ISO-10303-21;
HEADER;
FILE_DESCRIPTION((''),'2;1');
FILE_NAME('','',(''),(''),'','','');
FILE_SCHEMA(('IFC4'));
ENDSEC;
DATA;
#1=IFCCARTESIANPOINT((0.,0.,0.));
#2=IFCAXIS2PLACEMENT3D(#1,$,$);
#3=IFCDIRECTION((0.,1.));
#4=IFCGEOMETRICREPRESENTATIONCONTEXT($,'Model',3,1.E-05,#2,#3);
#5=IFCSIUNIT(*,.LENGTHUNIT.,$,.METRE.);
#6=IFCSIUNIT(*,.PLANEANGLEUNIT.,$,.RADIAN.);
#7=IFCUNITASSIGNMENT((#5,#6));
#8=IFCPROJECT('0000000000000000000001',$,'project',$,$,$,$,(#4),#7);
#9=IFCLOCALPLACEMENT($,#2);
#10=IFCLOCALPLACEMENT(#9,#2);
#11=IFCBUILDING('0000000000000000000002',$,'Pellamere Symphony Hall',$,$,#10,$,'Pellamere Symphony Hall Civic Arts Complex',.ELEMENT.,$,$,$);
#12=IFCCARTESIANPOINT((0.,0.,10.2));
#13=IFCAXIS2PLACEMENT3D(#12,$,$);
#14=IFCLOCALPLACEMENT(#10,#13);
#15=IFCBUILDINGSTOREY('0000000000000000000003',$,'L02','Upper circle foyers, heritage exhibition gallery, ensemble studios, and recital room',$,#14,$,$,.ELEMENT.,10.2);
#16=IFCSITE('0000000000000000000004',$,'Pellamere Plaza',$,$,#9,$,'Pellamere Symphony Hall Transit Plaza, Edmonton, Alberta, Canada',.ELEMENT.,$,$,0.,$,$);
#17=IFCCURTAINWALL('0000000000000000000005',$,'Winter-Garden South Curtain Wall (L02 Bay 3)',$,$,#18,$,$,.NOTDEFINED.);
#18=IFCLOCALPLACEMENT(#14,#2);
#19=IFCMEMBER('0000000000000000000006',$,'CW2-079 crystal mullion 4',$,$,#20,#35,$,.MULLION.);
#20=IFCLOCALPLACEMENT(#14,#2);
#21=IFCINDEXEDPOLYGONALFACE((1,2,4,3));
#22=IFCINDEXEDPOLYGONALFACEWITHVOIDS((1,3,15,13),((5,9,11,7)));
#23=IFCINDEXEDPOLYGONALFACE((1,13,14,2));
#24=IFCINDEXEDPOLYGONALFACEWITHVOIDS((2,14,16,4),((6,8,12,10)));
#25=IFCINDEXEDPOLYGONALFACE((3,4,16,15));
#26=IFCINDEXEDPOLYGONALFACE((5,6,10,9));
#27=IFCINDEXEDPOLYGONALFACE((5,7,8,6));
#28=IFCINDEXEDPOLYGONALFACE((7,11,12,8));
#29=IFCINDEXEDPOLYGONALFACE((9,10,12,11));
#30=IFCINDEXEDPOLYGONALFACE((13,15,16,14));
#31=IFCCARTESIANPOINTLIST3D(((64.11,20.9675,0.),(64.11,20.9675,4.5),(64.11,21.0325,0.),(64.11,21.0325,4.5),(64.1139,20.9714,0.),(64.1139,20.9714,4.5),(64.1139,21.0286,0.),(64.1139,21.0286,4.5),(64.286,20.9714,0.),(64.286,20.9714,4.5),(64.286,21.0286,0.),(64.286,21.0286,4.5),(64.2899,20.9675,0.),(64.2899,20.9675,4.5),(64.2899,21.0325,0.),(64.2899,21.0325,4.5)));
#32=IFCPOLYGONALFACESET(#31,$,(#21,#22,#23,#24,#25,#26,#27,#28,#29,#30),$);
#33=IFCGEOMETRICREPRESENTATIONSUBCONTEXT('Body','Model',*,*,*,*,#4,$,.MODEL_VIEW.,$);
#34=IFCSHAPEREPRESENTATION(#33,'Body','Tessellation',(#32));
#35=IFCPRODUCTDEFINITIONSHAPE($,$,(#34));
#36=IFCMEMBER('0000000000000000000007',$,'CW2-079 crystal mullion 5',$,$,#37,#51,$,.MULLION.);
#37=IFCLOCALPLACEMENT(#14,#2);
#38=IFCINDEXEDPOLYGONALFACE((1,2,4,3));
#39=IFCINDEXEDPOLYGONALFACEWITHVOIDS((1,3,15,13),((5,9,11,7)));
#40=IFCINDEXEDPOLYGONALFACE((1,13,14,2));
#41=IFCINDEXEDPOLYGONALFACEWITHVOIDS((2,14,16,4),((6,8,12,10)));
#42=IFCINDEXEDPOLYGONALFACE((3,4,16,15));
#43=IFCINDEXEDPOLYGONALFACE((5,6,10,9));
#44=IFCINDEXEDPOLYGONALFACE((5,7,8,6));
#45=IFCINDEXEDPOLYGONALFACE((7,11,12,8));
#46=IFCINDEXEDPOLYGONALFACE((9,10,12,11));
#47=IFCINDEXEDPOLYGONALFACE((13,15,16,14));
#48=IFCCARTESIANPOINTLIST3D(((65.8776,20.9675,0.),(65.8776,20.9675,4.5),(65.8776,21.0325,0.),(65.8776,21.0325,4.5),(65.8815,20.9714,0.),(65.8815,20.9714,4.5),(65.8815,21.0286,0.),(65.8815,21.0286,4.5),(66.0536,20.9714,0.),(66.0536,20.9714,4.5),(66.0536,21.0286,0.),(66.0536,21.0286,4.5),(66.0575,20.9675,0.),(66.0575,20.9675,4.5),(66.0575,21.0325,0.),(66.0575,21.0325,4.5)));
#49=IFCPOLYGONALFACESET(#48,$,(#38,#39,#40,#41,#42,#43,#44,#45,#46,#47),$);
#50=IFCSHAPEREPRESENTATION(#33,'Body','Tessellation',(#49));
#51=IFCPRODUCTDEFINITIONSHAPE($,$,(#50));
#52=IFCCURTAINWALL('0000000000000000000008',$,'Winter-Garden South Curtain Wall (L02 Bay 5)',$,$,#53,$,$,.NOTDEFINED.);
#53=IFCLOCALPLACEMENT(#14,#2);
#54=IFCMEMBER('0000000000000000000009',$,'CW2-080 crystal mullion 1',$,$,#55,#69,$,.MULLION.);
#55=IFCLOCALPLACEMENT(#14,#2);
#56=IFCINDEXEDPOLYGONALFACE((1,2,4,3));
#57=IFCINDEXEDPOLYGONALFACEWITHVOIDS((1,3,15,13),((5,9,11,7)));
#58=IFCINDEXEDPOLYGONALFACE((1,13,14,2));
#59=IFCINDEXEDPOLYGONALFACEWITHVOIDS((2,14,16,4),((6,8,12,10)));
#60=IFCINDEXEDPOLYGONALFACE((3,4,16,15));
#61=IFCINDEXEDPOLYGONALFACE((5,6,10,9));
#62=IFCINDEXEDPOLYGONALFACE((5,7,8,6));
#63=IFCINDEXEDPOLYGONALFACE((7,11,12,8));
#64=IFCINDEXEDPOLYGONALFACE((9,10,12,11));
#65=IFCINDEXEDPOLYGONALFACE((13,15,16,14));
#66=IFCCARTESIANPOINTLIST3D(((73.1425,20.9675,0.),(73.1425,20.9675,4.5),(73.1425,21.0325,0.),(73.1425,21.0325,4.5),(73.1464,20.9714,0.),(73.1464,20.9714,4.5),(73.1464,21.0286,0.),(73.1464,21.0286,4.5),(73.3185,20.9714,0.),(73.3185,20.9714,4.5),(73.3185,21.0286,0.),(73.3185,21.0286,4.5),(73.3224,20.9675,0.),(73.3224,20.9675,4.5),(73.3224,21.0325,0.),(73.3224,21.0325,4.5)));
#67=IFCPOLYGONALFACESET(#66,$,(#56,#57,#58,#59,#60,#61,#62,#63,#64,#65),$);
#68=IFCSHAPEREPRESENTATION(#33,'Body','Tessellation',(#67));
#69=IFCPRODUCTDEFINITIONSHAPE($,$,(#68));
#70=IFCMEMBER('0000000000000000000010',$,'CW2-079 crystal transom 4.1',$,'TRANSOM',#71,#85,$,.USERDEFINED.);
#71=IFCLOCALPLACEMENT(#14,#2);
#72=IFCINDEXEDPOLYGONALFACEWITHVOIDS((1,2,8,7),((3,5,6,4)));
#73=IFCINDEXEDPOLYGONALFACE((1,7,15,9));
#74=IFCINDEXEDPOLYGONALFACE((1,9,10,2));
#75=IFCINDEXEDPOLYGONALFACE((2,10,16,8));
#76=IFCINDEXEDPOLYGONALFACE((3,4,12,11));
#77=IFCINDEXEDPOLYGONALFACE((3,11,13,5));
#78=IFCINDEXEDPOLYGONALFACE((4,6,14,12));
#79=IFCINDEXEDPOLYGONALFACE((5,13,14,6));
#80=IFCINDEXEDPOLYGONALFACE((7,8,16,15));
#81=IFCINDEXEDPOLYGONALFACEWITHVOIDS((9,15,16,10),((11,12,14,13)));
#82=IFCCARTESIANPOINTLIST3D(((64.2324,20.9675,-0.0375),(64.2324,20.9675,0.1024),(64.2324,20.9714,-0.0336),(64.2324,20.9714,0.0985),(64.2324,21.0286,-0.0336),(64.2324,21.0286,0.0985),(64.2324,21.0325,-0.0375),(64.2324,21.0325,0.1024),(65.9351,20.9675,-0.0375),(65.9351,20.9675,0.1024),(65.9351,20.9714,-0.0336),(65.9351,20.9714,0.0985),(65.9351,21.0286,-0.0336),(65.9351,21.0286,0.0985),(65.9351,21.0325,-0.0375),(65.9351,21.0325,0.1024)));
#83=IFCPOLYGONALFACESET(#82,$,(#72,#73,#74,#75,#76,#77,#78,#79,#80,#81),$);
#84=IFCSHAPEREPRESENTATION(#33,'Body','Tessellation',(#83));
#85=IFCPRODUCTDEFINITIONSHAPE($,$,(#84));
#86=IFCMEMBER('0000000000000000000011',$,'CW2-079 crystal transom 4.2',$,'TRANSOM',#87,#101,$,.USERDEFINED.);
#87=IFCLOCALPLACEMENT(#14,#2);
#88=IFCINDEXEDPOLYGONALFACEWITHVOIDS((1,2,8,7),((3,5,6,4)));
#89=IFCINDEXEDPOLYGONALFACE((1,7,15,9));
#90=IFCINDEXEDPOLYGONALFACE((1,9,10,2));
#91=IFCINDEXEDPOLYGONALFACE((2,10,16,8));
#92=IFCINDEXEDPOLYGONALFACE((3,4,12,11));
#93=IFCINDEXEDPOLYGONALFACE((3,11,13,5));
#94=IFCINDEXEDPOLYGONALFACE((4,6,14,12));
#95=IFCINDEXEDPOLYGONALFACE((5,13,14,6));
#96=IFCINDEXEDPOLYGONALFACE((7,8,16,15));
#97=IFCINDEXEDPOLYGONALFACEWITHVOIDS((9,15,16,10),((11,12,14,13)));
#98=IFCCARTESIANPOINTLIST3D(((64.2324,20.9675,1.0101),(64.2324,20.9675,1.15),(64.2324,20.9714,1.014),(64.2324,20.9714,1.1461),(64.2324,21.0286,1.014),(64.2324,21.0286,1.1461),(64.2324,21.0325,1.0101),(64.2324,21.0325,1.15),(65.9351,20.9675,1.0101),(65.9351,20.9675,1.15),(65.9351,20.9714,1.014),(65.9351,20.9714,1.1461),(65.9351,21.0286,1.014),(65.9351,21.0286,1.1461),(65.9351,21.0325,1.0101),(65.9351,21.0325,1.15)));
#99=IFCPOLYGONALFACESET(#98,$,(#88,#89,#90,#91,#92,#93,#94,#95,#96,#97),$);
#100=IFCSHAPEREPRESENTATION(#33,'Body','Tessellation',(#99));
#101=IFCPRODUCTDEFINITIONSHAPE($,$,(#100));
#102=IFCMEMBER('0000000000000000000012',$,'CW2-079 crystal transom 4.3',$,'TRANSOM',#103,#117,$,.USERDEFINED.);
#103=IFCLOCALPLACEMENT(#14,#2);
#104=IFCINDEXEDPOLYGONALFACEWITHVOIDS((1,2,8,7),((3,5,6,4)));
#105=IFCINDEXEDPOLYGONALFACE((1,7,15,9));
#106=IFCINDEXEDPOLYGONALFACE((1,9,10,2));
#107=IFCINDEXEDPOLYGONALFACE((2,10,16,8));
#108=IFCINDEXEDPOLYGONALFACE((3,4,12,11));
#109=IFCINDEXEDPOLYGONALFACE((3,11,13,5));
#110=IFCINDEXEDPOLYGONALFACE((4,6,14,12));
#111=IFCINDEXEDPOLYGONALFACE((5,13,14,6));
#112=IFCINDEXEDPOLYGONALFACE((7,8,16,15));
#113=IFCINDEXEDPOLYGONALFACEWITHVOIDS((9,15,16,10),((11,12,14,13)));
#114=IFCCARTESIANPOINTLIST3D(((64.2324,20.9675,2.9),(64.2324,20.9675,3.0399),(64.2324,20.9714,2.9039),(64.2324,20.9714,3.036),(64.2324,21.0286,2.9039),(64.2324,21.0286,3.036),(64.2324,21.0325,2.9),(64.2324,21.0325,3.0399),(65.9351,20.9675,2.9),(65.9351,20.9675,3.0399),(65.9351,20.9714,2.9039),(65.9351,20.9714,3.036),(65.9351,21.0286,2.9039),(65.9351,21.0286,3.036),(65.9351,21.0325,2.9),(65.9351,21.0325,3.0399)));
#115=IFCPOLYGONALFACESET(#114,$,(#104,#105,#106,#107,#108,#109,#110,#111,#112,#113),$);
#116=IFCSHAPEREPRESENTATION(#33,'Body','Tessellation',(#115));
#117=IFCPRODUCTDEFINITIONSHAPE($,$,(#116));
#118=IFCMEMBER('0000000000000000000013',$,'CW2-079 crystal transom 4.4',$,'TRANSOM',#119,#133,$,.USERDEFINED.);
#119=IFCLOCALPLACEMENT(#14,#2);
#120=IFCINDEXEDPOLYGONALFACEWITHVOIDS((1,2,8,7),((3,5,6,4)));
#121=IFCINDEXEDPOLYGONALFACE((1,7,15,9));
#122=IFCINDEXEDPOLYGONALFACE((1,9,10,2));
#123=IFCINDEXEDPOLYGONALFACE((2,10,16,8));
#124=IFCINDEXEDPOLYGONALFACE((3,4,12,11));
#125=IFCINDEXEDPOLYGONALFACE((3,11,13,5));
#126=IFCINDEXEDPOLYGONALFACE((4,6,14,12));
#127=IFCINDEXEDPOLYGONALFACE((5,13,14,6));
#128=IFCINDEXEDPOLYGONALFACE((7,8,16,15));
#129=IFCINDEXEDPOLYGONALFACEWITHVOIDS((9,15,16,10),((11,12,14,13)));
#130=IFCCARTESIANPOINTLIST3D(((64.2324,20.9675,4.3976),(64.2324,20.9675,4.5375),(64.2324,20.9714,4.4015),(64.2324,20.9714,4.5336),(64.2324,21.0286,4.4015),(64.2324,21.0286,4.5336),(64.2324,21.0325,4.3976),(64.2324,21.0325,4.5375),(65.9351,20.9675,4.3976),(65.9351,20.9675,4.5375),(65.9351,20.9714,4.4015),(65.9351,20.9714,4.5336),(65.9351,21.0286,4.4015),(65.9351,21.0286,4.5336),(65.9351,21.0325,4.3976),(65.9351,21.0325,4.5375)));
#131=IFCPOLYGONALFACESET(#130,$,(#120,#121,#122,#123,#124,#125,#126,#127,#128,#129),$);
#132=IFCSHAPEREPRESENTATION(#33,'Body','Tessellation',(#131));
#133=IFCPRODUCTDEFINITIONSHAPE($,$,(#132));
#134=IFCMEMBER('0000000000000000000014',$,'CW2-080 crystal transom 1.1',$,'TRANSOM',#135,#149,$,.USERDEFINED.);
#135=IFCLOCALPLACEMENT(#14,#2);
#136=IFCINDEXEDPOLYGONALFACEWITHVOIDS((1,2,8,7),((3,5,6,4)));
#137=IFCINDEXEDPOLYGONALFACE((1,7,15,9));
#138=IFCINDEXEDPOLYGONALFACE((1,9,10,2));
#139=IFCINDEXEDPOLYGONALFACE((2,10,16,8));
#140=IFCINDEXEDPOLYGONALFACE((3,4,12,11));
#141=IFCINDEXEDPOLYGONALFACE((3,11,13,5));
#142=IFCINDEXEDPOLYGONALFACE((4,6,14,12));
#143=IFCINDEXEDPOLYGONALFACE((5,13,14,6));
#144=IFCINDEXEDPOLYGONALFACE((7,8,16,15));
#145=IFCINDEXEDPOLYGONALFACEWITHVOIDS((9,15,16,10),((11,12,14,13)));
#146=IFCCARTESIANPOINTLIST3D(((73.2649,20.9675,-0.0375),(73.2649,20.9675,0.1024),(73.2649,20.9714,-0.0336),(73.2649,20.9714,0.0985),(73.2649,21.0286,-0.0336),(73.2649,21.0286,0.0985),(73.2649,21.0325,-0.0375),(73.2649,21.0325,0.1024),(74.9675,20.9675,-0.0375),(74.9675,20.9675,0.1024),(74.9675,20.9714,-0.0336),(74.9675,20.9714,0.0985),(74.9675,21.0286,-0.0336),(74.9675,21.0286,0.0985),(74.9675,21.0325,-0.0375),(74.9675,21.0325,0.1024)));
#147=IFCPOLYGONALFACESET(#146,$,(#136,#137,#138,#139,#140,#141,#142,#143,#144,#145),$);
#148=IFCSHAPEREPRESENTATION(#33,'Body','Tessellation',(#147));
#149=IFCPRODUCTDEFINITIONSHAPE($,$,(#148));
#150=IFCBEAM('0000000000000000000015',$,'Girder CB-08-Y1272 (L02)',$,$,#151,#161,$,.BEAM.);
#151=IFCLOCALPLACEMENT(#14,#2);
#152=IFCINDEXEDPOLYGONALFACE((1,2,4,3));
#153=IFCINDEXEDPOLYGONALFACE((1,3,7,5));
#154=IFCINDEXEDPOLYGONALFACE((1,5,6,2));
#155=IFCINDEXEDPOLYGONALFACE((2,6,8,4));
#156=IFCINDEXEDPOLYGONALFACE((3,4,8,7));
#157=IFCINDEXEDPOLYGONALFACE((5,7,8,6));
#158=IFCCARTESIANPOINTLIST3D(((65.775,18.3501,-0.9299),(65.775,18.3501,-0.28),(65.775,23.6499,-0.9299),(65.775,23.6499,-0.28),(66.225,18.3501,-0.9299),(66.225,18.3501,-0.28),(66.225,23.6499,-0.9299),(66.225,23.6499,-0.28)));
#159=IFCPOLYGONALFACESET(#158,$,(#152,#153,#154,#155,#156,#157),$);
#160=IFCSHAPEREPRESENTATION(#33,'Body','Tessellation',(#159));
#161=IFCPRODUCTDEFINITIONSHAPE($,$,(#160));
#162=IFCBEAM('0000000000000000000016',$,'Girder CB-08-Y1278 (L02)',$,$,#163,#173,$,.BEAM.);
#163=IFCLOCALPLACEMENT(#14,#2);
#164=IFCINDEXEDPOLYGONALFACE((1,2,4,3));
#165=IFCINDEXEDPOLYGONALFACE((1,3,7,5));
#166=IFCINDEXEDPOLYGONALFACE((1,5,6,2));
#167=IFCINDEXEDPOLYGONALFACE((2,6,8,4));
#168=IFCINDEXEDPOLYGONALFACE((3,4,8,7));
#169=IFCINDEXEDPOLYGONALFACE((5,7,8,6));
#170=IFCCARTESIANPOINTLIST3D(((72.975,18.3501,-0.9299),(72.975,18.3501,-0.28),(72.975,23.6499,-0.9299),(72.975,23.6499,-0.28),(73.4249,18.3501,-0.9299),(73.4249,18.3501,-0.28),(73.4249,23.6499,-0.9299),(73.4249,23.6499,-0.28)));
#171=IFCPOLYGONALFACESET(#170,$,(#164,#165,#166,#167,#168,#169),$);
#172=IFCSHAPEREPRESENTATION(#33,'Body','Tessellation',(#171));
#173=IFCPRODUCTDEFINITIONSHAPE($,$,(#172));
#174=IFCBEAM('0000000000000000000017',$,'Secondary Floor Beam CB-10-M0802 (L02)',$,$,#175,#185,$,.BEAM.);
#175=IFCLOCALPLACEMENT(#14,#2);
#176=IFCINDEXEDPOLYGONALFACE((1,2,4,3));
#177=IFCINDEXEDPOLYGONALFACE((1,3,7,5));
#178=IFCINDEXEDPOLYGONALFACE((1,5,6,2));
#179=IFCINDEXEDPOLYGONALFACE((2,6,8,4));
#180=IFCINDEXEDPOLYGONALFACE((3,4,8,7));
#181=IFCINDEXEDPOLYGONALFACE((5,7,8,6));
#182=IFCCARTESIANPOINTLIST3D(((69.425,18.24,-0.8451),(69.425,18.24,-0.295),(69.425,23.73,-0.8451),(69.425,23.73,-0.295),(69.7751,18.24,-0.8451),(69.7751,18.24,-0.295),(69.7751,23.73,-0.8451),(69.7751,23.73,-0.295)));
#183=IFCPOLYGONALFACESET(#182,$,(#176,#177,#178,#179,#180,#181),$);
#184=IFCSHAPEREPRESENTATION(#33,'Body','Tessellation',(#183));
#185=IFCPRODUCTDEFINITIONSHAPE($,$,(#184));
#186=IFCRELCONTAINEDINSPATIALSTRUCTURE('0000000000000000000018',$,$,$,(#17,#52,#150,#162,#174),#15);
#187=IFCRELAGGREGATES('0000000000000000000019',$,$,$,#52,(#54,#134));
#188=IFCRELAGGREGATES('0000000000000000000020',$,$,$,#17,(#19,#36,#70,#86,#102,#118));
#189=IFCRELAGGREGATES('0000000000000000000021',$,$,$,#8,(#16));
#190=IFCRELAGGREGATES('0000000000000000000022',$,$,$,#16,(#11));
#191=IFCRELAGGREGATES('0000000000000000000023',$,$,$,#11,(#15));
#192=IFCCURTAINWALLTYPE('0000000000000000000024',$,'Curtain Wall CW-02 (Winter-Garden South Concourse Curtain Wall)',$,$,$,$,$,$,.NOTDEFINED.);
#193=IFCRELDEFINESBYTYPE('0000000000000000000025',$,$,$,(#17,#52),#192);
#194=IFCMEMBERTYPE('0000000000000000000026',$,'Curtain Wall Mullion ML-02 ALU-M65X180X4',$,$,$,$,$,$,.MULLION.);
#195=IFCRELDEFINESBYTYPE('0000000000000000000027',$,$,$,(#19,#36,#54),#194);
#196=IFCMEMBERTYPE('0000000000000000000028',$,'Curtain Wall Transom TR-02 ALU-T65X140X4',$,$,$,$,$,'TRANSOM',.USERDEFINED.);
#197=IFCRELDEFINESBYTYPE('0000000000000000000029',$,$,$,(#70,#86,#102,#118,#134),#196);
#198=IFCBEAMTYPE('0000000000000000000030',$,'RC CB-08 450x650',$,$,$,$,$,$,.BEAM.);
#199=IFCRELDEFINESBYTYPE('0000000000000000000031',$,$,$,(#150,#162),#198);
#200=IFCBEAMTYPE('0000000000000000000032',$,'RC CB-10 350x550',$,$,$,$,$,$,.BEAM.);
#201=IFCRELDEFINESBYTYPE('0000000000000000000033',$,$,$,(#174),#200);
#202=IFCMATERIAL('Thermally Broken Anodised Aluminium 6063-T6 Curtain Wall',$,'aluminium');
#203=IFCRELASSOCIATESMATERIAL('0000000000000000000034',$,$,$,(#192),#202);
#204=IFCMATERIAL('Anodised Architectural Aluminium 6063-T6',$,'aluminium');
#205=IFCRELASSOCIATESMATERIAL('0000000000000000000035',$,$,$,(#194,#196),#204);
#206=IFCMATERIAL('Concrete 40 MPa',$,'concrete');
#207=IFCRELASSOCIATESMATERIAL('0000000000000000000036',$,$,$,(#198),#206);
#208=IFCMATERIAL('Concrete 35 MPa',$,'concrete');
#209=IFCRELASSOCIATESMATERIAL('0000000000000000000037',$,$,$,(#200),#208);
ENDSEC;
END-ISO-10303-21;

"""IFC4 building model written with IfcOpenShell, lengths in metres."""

from ifc_helpers import new_model, si_unit, direction, frame, origin, origin_2d, place, context, subcontext, project, spatial, rectangle, hollow_rectangle, extrude, material, material_profile, profile_set, type_object, element, aggregate, save


model = new_model("IFC4")

# Units and contexts
model_context = context("Model", 3, precision=1e-05, world=origin(), true_north=direction((0.0, 1.0)))
body_context = subcontext(model_context, "Body", "Model", "MODEL_VIEW")
ifc_project = project(units=[si_unit("LENGTHUNIT", "METRE"), si_unit("PLANEANGLEUNIT", "RADIAN")], contexts=[model_context])

# Site, building, storey
site_placement = place(None, origin())
site = spatial("IfcSite", under=ifc_project, at=site_placement, Name="Pellamere Plaza", LongName="Pellamere Symphony Hall Transit Plaza, Edmonton, Alberta, Canada", CompositionType="ELEMENT", RefElevation=0.0)
building_placement = place(site_placement, origin())
building = spatial("IfcBuilding", under=site, at=building_placement, Name="Pellamere Symphony Hall", LongName="Pellamere Symphony Hall Civic Arts Complex", CompositionType="ELEMENT")
storey_placement = place(building_placement, frame((0.0, 0.0, 10.2)))
storey = spatial("IfcBuildingStorey", under=building, at=storey_placement, Name="L02", Description="Upper circle foyers, heritage exhibition gallery, ensemble studios, and recital room", CompositionType="ELEMENT", Elevation=10.2)

# Curtain wall, members
ifc_material_1 = material(Name="Thermally Broken Anodised Aluminium 6063-T6 Curtain Wall", Category="aluminium")
curtain_wall_type = type_object("IfcCurtainWallType", Name="Curtain Wall CW-02 (Winter-Garden South Concourse Curtain Wall)", PredefinedType="NOTDEFINED", material=ifc_material_1)
curtain_wall_1_placement = place(storey_placement, origin())
curtain_wall_1 = element("IfcCurtainWall", 1, at=curtain_wall_1_placement, inside=storey, type_object=curtain_wall_type, Name="Winter-Garden South Curtain Wall (L02 Bay 3)", PredefinedType="NOTDEFINED")
ifc_material_2 = material(Name="Anodised Architectural Aluminium 6063-T6", Category="aluminium")
ifc_material_profile_1 = material_profile(ifc_material_2, hollow_rectangle(XDim=0.0649, YDim=0.1799, WallThickness=0.0039, at=origin_2d()), Name="ALU-M65X180X4")
ifc_profile_set_1 = profile_set([ifc_material_profile_1], Name="Anodised Architectural Aluminium 6063-T6")
member_type_1 = type_object("IfcMemberType", Name="Curtain Wall Mullion ML-02 ALU-M65X180X4", PredefinedType="MULLION", material=ifc_profile_set_1)
member_1_placement = place(storey_placement, frame((64.2, 21.0, 0.0), z_axis=(0.0, 0.0, 1.0), x_axis=(0.0, 1.0, 0.0)))
member_1 = element("IfcMember", 2, at=member_1_placement, type_object=member_type_1, Name="CW2-079 crystal mullion 4", PredefinedType="MULLION", context=body_context, shape_type="SweptSolid", body=[
    extrude(hollow_rectangle(XDim=0.0649, YDim=0.1799, WallThickness=0.0039, at=origin_2d()), origin(), (0.0, 0.0, 1.0), 4.5),
])
member_2_placement = place(storey_placement, frame((65.9675, 21.0, 0.0), z_axis=(0.0, 0.0, 1.0), x_axis=(0.0, 1.0, 0.0)))
member_2 = element("IfcMember", 3, at=member_2_placement, type_object=member_type_1, Name="CW2-079 crystal mullion 5", PredefinedType="MULLION", context=body_context, shape_type="SweptSolid", body=[
    extrude(hollow_rectangle(XDim=0.0649, YDim=0.1799, WallThickness=0.0039, at=origin_2d()), origin(), (0.0, 0.0, 1.0), 4.5),
])

# Curtain wall, member
curtain_wall_2_placement = place(storey_placement, origin())
curtain_wall_2 = element("IfcCurtainWall", 4, at=curtain_wall_2_placement, inside=storey, type_object=curtain_wall_type, Name="Winter-Garden South Curtain Wall (L02 Bay 5)", PredefinedType="NOTDEFINED")
member_3_placement = place(storey_placement, frame((73.2324, 21.0, 0.0), z_axis=(0.0, 0.0, 1.0), x_axis=(0.0, 1.0, 0.0)))
member_3 = element("IfcMember", 5, at=member_3_placement, type_object=member_type_1, Name="CW2-080 crystal mullion 1", PredefinedType="MULLION", context=body_context, shape_type="SweptSolid", body=[
    extrude(hollow_rectangle(XDim=0.0649, YDim=0.1799, WallThickness=0.0039, at=origin_2d()), origin(), (0.0, 0.0, 1.0), 4.5),
])

# Members
ifc_material_profile_2 = material_profile(ifc_material_2, hollow_rectangle(XDim=0.0649, YDim=0.1399, WallThickness=0.0039, at=origin_2d()), Name="ALU-T65X140X4")
ifc_profile_set_2 = profile_set([ifc_material_profile_2], Name="Anodised Architectural Aluminium 6063-T6")
member_type_2 = type_object("IfcMemberType", Name="Curtain Wall Transom TR-02 ALU-T65X140X4", ElementType="TRANSOM", PredefinedType="USERDEFINED", material=ifc_profile_set_2)
member_4_placement = place(storey_placement, frame((64.2324, 21.0, 0.0325), z_axis=(1.0, 0.0, 0.0), x_axis=(0.0, 1.0, 0.0)))
member_4 = element("IfcMember", 6, at=member_4_placement, type_object=member_type_2, Name="CW2-079 crystal transom 4.1", ObjectType="TRANSOM", PredefinedType="USERDEFINED", context=body_context, shape_type="SweptSolid", body=[
    extrude(hollow_rectangle(XDim=0.0649, YDim=0.1399, WallThickness=0.0039, at=origin_2d()), origin(), (0.0, 0.0, 1.0), 1.7026),
])
member_5_placement = place(storey_placement, frame((64.2324, 21.0, 1.0801), z_axis=(1.0, 0.0, 0.0), x_axis=(0.0, 1.0, 0.0)))
member_5 = element("IfcMember", 7, at=member_5_placement, type_object=member_type_2, Name="CW2-079 crystal transom 4.2", ObjectType="TRANSOM", PredefinedType="USERDEFINED", context=body_context, shape_type="SweptSolid", body=[
    extrude(hollow_rectangle(XDim=0.0649, YDim=0.1399, WallThickness=0.0039, at=origin_2d()), origin(), (0.0, 0.0, 1.0), 1.7026),
])
member_6_placement = place(storey_placement, frame((64.2324, 21.0, 2.97), z_axis=(1.0, 0.0, 0.0), x_axis=(0.0, 1.0, 0.0)))
member_6 = element("IfcMember", 8, at=member_6_placement, type_object=member_type_2, Name="CW2-079 crystal transom 4.3", ObjectType="TRANSOM", PredefinedType="USERDEFINED", context=body_context, shape_type="SweptSolid", body=[
    extrude(hollow_rectangle(XDim=0.0649, YDim=0.1399, WallThickness=0.0039, at=origin_2d()), origin(), (0.0, 0.0, 1.0), 1.7026),
])
member_7_placement = place(storey_placement, frame((64.2324, 21.0, 4.4675), z_axis=(1.0, 0.0, 0.0), x_axis=(0.0, 1.0, 0.0)))
member_7 = element("IfcMember", 9, at=member_7_placement, type_object=member_type_2, Name="CW2-079 crystal transom 4.4", ObjectType="TRANSOM", PredefinedType="USERDEFINED", context=body_context, shape_type="SweptSolid", body=[
    extrude(hollow_rectangle(XDim=0.0649, YDim=0.1399, WallThickness=0.0039, at=origin_2d()), origin(), (0.0, 0.0, 1.0), 1.7026),
])
member_8_placement = place(storey_placement, frame((73.2649, 21.0, 0.0325), z_axis=(1.0, 0.0, 0.0), x_axis=(0.0, 1.0, 0.0)))
member_8 = element("IfcMember", 10, at=member_8_placement, type_object=member_type_2, Name="CW2-080 crystal transom 1.1", ObjectType="TRANSOM", PredefinedType="USERDEFINED", context=body_context, shape_type="SweptSolid", body=[
    extrude(hollow_rectangle(XDim=0.0649, YDim=0.1399, WallThickness=0.0039, at=origin_2d()), origin(), (0.0, 0.0, 1.0), 1.7026),
])
aggregate(curtain_wall_2, [member_3, member_8])

# Beams
ifc_material_3 = material(Name="Concrete 40 MPa", Category="concrete")
ifc_material_profile_3 = material_profile(ifc_material_3, rectangle(XDim=0.45, YDim=0.6499, at=origin_2d()), Name="RC 450x650")
ifc_profile_set_3 = profile_set([ifc_material_profile_3], Name="Concrete 40 MPa")
beam_type_1 = type_object("IfcBeamType", Name="RC CB-08 450x650", PredefinedType="BEAM", material=ifc_profile_set_3)
for number, where, z_axis, x_axis, name in (
    (11, (66.0, 18.3501, -0.605), (0.0, 1.0, 0.0), (-1.0, 0.0, 0.0), "Girder CB-08-Y1272 (L02)"),
    (12, (73.2, 18.3501, -0.605), (0.0, 1.0, 0.0), (-1.0, 0.0, 0.0), "Girder CB-08-Y1278 (L02)"),
):
    element("IfcBeam", number, at=place(storey_placement, frame(where, z_axis=z_axis, x_axis=x_axis)), inside=storey, type_object=beam_type_1, Name=name, PredefinedType="BEAM", context=body_context, shape_type="SweptSolid", body=[
        extrude(rectangle(XDim=0.45, YDim=0.6499, at=origin_2d()), origin(), (0.0, 0.0, 1.0), 5.2998),
    ])
ifc_material_4 = material(Name="Concrete 35 MPa", Category="concrete")
ifc_material_profile_4 = material_profile(ifc_material_4, rectangle(XDim=0.3501, YDim=0.55, at=origin_2d()), Name="RC 350x550")
ifc_profile_set_4 = profile_set([ifc_material_profile_4], Name="Concrete 35 MPa")
beam_type_2 = type_object("IfcBeamType", Name="RC CB-10 350x550", PredefinedType="BEAM", material=ifc_profile_set_4)
beam_1_placement = place(storey_placement, frame((69.6001, 18.24, -0.5701), z_axis=(0.0, 1.0, 0.0), x_axis=(-1.0, 0.0, 0.0)))
element("IfcBeam", 13, at=beam_1_placement, inside=storey, type_object=beam_type_2, Name="Secondary Floor Beam CB-10-M0802 (L02)", PredefinedType="BEAM", context=body_context, shape_type="SweptSolid", body=[
    extrude(rectangle(XDim=0.3501, YDim=0.55, at=origin_2d()), origin(), (0.0, 0.0, 1.0), 5.49),
])

aggregate(curtain_wall_1, [member_1, member_2, member_4, member_5, member_6, member_7])

save(model, "model.ifc")
